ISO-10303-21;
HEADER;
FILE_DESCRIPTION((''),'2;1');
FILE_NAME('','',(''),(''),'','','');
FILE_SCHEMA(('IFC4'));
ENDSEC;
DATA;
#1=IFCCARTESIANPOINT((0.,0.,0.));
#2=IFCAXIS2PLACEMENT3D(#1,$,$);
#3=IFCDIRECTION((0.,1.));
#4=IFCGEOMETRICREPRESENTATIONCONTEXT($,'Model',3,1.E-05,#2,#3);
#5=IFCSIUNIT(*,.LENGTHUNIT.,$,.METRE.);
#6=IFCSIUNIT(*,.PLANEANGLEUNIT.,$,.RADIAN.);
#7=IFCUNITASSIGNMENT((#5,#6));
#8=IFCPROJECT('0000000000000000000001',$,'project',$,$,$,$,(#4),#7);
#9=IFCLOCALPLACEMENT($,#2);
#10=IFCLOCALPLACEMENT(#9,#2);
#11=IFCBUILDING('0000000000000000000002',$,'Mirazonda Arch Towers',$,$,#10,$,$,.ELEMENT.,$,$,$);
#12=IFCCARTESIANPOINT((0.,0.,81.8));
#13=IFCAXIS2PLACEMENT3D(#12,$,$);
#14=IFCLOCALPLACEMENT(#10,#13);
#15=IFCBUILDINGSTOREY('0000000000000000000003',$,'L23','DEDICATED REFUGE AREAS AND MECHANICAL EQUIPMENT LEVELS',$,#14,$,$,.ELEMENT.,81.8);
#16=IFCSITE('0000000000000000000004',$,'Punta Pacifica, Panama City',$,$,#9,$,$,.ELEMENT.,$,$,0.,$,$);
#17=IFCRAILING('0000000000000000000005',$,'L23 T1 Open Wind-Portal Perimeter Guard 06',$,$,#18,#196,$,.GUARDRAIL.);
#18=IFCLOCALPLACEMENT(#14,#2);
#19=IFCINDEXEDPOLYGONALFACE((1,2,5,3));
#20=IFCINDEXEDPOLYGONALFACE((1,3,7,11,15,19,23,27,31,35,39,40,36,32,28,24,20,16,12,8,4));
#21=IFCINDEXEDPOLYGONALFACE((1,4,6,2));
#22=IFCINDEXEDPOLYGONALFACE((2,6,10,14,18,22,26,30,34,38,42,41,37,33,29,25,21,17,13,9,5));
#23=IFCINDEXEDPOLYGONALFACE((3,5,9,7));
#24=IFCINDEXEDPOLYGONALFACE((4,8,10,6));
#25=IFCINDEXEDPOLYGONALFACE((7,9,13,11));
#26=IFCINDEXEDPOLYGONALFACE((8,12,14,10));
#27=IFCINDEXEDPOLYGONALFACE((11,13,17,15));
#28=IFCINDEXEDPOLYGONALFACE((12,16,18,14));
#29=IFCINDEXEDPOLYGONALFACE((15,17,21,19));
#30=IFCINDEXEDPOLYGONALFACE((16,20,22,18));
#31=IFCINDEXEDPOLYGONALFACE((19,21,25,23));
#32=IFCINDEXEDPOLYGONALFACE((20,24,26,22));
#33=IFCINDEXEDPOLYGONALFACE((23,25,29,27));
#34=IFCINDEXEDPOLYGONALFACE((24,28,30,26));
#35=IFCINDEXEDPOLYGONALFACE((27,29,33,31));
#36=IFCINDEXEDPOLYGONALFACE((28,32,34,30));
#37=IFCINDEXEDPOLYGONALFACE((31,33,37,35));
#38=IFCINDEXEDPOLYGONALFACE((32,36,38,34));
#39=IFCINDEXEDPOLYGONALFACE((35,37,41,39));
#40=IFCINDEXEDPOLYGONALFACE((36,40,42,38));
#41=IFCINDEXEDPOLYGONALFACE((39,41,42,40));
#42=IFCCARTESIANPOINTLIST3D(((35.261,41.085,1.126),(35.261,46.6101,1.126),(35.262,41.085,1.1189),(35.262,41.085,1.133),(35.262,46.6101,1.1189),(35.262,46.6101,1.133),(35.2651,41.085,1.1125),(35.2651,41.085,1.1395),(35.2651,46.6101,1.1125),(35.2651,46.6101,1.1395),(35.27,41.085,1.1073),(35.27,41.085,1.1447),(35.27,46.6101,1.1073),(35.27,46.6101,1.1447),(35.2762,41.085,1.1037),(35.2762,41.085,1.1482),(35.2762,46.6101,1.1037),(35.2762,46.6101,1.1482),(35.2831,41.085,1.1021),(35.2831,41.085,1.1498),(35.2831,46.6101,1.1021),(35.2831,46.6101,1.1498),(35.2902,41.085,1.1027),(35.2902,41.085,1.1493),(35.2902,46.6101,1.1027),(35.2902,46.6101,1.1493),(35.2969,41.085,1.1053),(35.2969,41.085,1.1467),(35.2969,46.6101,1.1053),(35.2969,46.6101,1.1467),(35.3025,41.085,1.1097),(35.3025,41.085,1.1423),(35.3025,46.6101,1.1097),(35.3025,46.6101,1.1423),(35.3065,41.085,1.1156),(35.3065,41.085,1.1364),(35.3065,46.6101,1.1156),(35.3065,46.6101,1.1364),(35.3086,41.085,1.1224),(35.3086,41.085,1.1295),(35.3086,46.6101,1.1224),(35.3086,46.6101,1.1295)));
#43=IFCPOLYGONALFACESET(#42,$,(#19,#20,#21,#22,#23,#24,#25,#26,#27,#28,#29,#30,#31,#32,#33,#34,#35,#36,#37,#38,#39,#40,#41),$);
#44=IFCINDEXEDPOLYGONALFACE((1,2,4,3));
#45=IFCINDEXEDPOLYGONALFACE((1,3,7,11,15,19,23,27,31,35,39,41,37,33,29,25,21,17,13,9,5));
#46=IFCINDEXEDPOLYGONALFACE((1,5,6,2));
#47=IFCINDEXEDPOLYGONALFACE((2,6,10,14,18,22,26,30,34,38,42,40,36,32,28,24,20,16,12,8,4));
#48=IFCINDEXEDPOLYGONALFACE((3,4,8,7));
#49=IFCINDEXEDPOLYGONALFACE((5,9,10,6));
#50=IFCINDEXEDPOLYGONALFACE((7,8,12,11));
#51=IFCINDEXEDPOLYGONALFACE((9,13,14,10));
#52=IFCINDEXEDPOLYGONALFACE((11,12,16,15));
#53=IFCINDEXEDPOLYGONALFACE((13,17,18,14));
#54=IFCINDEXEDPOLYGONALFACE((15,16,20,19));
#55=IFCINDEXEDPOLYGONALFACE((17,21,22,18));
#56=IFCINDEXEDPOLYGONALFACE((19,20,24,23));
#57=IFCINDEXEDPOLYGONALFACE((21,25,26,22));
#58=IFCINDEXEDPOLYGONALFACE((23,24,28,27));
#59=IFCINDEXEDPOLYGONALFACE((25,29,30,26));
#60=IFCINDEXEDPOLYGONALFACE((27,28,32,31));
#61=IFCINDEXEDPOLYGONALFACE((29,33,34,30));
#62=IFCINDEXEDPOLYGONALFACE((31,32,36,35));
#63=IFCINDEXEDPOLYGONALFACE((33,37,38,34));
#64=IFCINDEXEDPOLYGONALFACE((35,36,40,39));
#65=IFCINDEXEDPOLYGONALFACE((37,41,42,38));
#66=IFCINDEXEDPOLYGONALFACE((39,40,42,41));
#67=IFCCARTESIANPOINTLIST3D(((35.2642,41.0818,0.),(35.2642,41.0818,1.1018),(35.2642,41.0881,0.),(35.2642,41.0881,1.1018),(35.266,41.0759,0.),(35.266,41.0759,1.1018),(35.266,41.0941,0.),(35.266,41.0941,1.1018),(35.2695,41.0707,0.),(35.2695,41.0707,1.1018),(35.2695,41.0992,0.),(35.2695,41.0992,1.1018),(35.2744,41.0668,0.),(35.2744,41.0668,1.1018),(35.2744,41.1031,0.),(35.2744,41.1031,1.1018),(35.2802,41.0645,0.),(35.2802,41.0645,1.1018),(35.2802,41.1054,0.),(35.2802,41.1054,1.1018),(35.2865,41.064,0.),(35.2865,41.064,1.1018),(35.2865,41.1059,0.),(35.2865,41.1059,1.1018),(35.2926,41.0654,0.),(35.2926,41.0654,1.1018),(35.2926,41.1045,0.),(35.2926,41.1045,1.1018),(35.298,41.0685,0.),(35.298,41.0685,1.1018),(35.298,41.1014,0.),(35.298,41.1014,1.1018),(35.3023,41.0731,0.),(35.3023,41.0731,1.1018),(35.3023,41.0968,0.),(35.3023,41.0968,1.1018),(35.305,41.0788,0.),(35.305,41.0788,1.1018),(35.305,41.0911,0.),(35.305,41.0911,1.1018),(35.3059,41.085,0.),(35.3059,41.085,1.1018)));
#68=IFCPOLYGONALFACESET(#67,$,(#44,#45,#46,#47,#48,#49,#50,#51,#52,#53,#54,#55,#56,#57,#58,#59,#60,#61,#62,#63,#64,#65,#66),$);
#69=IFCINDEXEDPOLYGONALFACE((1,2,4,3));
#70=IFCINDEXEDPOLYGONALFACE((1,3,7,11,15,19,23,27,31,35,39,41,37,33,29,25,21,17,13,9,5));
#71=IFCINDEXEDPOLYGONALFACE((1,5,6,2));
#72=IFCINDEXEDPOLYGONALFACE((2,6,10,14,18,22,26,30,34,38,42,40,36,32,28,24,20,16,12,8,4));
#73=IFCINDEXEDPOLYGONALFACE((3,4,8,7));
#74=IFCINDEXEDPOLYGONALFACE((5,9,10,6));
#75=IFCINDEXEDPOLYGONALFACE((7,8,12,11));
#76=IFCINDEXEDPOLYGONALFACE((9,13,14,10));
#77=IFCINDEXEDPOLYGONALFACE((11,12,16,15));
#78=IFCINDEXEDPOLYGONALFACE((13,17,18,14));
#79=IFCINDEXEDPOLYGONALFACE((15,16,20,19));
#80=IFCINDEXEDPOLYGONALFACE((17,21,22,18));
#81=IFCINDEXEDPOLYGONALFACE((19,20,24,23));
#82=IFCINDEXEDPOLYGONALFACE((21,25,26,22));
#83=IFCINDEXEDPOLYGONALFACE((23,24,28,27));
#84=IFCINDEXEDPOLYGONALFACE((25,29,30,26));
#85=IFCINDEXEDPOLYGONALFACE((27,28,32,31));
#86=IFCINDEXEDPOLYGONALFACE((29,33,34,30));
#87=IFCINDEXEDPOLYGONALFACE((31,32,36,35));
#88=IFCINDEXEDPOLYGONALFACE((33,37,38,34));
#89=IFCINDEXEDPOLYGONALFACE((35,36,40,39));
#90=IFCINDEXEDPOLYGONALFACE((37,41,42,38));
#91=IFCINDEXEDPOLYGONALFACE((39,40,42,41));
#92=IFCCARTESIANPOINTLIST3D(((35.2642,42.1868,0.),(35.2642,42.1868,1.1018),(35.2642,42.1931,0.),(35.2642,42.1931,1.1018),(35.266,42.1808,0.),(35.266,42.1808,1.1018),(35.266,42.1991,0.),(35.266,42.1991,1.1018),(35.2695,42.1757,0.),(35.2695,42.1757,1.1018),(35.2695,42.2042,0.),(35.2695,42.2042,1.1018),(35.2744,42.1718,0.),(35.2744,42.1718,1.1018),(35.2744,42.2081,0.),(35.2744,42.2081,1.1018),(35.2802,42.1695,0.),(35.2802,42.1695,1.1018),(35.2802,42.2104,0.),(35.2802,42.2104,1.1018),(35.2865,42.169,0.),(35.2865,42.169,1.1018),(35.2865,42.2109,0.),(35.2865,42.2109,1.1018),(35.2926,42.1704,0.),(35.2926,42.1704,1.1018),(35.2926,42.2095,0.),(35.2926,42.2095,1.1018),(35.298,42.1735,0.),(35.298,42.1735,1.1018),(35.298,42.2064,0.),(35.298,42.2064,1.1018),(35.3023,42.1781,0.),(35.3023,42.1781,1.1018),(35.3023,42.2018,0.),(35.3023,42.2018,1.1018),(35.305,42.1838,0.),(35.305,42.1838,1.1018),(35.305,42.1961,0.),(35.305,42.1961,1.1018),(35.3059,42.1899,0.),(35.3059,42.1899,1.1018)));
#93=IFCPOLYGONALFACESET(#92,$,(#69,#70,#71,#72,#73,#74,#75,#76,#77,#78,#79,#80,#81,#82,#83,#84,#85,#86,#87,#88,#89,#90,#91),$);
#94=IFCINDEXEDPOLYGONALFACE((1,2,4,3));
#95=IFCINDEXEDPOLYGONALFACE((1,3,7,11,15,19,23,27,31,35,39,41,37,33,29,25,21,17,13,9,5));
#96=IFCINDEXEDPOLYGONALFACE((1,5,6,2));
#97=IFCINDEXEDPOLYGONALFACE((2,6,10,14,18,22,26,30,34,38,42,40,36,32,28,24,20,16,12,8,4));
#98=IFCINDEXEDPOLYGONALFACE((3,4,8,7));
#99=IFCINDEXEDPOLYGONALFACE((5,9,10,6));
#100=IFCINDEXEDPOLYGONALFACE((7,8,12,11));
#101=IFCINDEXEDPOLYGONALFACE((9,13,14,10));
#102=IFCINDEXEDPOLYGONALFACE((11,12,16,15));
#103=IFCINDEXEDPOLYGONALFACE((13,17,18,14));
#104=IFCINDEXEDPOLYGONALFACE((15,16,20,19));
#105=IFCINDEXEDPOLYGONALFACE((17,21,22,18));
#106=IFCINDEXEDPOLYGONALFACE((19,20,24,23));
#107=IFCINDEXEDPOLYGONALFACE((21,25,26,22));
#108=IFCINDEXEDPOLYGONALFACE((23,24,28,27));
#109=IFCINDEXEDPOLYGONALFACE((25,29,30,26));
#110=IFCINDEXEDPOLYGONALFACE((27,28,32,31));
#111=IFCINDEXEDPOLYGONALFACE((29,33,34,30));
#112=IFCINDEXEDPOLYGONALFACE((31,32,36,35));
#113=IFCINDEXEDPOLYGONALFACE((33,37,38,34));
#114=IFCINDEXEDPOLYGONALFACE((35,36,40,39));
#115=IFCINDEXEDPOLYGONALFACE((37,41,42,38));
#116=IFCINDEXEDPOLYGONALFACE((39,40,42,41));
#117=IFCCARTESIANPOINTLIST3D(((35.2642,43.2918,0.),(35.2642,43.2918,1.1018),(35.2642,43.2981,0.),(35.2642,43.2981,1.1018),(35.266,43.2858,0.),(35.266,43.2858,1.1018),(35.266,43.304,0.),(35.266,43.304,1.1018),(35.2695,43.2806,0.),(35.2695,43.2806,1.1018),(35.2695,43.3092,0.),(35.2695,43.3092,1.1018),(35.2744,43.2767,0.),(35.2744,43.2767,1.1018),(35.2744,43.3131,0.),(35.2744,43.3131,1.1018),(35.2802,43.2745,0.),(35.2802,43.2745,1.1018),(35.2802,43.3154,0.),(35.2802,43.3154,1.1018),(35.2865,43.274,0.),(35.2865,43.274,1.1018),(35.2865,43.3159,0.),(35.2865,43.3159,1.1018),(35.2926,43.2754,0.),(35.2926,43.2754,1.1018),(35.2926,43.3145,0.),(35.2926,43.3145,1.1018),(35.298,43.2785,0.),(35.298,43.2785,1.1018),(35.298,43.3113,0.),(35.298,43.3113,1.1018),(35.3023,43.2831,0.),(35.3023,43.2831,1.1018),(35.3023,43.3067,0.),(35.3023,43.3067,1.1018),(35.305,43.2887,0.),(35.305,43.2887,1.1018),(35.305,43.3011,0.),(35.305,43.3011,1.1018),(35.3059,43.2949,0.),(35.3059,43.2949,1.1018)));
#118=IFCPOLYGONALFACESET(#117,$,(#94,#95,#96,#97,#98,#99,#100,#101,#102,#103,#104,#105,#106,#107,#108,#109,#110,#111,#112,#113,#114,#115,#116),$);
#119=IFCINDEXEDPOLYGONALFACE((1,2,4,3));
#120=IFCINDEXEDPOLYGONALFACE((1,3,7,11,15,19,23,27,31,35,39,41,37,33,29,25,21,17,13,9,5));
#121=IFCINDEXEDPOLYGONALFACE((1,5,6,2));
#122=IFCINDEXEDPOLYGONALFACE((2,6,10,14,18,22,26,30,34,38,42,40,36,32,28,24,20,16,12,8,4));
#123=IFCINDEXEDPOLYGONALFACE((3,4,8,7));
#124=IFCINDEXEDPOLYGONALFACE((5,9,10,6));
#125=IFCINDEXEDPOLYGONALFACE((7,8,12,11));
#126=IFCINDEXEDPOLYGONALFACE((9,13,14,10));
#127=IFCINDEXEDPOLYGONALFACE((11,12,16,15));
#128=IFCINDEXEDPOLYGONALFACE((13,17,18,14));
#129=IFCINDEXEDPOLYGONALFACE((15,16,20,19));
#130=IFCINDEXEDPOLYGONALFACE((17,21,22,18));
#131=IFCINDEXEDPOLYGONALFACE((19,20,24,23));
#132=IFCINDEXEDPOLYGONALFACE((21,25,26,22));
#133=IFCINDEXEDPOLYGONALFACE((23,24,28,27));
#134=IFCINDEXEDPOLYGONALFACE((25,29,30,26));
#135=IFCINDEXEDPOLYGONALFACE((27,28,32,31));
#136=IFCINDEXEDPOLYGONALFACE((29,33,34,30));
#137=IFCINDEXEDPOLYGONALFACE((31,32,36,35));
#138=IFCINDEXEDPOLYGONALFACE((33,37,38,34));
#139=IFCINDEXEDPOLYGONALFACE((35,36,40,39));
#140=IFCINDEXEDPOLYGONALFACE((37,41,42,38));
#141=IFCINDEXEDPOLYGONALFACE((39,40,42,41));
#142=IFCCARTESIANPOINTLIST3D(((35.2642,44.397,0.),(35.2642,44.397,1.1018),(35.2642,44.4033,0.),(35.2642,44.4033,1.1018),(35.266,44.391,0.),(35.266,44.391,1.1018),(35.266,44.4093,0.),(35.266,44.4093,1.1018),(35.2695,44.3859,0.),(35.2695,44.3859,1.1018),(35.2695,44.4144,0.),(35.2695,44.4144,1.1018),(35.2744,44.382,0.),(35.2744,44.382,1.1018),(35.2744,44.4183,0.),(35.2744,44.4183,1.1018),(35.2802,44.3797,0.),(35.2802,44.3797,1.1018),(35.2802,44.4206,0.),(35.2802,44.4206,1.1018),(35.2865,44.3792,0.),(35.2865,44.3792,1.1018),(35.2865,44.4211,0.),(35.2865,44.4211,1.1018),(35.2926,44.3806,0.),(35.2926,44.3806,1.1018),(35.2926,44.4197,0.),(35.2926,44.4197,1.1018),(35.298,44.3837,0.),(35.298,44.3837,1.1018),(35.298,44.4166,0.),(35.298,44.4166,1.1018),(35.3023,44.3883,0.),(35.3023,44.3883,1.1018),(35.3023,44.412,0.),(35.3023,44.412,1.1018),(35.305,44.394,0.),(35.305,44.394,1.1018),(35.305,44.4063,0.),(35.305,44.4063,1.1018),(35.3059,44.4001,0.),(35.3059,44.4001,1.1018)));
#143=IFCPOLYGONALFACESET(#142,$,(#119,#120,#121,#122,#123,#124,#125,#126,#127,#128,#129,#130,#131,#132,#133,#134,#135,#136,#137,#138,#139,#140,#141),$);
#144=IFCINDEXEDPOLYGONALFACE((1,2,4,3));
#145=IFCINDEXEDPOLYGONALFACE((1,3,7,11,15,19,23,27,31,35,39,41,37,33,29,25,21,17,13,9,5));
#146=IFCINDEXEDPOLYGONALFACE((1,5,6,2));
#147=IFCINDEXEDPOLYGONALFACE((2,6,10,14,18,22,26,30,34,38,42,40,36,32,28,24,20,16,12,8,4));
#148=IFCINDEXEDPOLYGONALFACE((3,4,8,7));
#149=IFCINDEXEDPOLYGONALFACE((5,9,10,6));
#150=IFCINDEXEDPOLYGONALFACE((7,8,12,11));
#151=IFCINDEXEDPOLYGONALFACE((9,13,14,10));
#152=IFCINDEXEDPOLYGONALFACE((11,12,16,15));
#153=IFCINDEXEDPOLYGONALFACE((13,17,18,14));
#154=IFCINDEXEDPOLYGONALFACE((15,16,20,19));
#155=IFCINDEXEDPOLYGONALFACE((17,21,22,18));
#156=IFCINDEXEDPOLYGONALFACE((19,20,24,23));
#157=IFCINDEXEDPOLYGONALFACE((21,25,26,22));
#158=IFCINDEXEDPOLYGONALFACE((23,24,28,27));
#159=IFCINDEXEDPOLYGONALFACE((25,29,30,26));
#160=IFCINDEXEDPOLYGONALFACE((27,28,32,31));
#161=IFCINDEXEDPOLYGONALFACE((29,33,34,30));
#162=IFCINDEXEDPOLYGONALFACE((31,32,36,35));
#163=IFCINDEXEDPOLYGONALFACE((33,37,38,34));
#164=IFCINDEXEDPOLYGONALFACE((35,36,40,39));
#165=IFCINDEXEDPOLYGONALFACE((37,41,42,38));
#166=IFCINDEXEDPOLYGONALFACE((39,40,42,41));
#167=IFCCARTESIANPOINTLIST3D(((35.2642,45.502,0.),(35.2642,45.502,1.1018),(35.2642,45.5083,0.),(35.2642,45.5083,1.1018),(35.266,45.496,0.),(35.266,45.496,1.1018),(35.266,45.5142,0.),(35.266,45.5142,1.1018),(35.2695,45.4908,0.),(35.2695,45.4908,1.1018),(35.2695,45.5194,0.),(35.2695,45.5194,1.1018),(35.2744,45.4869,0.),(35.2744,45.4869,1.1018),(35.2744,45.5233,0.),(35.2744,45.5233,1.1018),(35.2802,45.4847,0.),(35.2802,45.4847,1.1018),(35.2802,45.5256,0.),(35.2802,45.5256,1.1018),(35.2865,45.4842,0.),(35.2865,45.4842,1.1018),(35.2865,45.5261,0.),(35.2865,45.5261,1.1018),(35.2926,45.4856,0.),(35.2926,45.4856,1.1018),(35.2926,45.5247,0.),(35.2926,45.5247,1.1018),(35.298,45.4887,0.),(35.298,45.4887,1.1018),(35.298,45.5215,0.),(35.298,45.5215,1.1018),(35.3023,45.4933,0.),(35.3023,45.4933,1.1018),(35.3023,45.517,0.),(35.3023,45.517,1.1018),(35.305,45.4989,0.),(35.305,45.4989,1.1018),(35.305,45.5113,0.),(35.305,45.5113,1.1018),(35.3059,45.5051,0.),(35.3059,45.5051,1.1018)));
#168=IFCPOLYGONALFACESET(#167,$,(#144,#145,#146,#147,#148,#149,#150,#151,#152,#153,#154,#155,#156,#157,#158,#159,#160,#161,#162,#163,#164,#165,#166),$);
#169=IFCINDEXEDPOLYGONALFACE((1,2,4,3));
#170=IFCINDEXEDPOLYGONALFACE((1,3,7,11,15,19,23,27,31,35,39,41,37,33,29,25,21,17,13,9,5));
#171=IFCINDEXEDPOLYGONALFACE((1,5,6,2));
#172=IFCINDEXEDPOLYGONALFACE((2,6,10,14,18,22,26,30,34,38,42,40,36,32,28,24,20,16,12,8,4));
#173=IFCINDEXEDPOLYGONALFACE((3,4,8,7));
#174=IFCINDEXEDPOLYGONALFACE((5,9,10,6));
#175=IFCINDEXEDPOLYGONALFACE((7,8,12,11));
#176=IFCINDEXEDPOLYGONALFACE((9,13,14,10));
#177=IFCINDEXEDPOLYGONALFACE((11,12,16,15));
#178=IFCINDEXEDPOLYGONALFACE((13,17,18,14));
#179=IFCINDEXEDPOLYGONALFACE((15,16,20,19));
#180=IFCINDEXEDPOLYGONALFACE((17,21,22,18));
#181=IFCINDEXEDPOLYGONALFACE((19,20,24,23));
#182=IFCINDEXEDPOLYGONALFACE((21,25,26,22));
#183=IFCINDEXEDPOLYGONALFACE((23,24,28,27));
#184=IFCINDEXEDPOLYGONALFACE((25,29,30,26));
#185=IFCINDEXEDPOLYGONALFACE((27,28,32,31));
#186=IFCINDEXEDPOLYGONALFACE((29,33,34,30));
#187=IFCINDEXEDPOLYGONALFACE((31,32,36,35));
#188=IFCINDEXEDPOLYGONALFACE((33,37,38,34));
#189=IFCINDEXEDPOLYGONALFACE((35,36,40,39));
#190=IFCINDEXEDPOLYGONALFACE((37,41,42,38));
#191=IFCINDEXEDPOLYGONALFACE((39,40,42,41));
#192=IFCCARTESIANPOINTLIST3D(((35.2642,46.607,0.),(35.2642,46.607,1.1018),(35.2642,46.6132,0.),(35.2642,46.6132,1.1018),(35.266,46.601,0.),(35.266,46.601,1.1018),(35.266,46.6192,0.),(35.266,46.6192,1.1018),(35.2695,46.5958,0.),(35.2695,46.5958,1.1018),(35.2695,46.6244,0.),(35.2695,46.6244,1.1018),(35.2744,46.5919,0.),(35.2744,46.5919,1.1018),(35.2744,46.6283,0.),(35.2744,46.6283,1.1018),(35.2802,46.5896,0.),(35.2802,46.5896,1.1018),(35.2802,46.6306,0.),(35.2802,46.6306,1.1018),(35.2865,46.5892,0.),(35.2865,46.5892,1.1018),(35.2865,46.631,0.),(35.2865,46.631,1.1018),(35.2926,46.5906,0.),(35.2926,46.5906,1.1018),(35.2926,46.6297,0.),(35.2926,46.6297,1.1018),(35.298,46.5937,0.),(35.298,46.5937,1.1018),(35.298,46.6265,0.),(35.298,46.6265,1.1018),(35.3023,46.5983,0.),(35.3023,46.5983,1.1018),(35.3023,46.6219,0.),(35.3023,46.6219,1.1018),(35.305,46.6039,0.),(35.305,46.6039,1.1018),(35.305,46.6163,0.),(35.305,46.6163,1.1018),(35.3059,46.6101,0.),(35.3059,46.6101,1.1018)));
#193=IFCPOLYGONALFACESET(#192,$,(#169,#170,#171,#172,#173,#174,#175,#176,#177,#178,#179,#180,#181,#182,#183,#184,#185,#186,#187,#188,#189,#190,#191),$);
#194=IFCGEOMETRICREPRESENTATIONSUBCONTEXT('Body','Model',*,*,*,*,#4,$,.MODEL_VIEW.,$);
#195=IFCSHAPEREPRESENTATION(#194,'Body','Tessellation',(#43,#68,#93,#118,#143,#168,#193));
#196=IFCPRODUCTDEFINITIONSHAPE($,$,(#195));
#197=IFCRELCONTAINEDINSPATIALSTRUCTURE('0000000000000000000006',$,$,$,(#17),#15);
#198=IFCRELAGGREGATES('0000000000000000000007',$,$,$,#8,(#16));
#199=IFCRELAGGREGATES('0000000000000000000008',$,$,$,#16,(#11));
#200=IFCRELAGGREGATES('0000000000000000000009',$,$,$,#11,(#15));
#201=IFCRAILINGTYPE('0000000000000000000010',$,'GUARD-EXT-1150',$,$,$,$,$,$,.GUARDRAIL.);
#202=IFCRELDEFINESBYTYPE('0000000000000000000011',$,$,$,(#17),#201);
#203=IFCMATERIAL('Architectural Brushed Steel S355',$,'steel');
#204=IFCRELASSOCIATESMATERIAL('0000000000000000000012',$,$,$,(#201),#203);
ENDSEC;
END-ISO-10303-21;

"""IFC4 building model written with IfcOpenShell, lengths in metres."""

from ifc_helpers import new_model, si_unit, direction, frame, origin, origin_2d, place, context, subcontext, project, spatial, circle, extrude, material, type_object, element, save


model = new_model("IFC4")

# Units and contexts
model_context = context("Model", 3, precision=1e-05, world=origin(), true_north=direction((0.0, 1.0)))
body_context = subcontext(model_context, "Body", "Model", "MODEL_VIEW")
ifc_project = project(units=[si_unit("LENGTHUNIT", "METRE"), si_unit("PLANEANGLEUNIT", "RADIAN")], contexts=[model_context])

# Site, building, storey
site_placement = place(None, origin())
site = spatial("IfcSite", under=ifc_project, at=site_placement, Name="Punta Pacifica, Panama City", CompositionType="ELEMENT", RefElevation=0.0)
building_placement = place(site_placement, origin())
building = spatial("IfcBuilding", under=site, at=building_placement, Name="Mirazonda Arch Towers", CompositionType="ELEMENT")
storey_placement = place(building_placement, frame((0.0, 0.0, 81.8)))
storey = spatial("IfcBuildingStorey", under=building, at=storey_placement, Name="L23", Description="DEDICATED REFUGE AREAS AND MECHANICAL EQUIPMENT LEVELS", CompositionType="ELEMENT", Elevation=81.8)

# Railing
ifc_material_1 = material(Name="Architectural Brushed Steel S355", Category="steel")
railing_type = type_object("IfcRailingType", Name="GUARD-EXT-1150", PredefinedType="GUARDRAIL", material=ifc_material_1)
railing_1_placement = place(storey_placement, frame((35.2849, 41.085, 0.0)))
element("IfcRailing", 1, at=railing_1_placement, inside=storey, type_object=railing_type, Name="L23 T1 Open Wind-Portal Perimeter Guard 06", PredefinedType="GUARDRAIL", context=body_context, shape_type="SweptSolid", body=[
    extrude(circle(Radius=0.0239, at=origin_2d()), frame((0.0, 0.0, 1.126), z_axis=(0.0, 1.0, 0.0), x_axis=(-1.0, 0.0, 0.0)), (0.0, 0.0, 1.0), 5.5251),
    extrude(circle(Radius=0.021, at=origin_2d()), origin(), (0.0, 0.0, 1.0), 1.1018),
    extrude(circle(Radius=0.021, at=origin_2d()), frame((0.0, 1.105, 0.0)), (0.0, 0.0, 1.0), 1.1018),
    extrude(circle(Radius=0.021, at=origin_2d()), frame((0.0, 2.21, 0.0)), (0.0, 0.0, 1.0), 1.1018),
    extrude(circle(Radius=0.021, at=origin_2d()), frame((0.0, 3.3152, 0.0)), (0.0, 0.0, 1.0), 1.1018),
    extrude(circle(Radius=0.021, at=origin_2d()), frame((0.0, 4.4202, 0.0)), (0.0, 0.0, 1.0), 1.1018),
    extrude(circle(Radius=0.021, at=origin_2d()), frame((0.0, 5.5251, 0.0)), (0.0, 0.0, 1.0), 1.1018),
])

save(model, "model.ifc")
